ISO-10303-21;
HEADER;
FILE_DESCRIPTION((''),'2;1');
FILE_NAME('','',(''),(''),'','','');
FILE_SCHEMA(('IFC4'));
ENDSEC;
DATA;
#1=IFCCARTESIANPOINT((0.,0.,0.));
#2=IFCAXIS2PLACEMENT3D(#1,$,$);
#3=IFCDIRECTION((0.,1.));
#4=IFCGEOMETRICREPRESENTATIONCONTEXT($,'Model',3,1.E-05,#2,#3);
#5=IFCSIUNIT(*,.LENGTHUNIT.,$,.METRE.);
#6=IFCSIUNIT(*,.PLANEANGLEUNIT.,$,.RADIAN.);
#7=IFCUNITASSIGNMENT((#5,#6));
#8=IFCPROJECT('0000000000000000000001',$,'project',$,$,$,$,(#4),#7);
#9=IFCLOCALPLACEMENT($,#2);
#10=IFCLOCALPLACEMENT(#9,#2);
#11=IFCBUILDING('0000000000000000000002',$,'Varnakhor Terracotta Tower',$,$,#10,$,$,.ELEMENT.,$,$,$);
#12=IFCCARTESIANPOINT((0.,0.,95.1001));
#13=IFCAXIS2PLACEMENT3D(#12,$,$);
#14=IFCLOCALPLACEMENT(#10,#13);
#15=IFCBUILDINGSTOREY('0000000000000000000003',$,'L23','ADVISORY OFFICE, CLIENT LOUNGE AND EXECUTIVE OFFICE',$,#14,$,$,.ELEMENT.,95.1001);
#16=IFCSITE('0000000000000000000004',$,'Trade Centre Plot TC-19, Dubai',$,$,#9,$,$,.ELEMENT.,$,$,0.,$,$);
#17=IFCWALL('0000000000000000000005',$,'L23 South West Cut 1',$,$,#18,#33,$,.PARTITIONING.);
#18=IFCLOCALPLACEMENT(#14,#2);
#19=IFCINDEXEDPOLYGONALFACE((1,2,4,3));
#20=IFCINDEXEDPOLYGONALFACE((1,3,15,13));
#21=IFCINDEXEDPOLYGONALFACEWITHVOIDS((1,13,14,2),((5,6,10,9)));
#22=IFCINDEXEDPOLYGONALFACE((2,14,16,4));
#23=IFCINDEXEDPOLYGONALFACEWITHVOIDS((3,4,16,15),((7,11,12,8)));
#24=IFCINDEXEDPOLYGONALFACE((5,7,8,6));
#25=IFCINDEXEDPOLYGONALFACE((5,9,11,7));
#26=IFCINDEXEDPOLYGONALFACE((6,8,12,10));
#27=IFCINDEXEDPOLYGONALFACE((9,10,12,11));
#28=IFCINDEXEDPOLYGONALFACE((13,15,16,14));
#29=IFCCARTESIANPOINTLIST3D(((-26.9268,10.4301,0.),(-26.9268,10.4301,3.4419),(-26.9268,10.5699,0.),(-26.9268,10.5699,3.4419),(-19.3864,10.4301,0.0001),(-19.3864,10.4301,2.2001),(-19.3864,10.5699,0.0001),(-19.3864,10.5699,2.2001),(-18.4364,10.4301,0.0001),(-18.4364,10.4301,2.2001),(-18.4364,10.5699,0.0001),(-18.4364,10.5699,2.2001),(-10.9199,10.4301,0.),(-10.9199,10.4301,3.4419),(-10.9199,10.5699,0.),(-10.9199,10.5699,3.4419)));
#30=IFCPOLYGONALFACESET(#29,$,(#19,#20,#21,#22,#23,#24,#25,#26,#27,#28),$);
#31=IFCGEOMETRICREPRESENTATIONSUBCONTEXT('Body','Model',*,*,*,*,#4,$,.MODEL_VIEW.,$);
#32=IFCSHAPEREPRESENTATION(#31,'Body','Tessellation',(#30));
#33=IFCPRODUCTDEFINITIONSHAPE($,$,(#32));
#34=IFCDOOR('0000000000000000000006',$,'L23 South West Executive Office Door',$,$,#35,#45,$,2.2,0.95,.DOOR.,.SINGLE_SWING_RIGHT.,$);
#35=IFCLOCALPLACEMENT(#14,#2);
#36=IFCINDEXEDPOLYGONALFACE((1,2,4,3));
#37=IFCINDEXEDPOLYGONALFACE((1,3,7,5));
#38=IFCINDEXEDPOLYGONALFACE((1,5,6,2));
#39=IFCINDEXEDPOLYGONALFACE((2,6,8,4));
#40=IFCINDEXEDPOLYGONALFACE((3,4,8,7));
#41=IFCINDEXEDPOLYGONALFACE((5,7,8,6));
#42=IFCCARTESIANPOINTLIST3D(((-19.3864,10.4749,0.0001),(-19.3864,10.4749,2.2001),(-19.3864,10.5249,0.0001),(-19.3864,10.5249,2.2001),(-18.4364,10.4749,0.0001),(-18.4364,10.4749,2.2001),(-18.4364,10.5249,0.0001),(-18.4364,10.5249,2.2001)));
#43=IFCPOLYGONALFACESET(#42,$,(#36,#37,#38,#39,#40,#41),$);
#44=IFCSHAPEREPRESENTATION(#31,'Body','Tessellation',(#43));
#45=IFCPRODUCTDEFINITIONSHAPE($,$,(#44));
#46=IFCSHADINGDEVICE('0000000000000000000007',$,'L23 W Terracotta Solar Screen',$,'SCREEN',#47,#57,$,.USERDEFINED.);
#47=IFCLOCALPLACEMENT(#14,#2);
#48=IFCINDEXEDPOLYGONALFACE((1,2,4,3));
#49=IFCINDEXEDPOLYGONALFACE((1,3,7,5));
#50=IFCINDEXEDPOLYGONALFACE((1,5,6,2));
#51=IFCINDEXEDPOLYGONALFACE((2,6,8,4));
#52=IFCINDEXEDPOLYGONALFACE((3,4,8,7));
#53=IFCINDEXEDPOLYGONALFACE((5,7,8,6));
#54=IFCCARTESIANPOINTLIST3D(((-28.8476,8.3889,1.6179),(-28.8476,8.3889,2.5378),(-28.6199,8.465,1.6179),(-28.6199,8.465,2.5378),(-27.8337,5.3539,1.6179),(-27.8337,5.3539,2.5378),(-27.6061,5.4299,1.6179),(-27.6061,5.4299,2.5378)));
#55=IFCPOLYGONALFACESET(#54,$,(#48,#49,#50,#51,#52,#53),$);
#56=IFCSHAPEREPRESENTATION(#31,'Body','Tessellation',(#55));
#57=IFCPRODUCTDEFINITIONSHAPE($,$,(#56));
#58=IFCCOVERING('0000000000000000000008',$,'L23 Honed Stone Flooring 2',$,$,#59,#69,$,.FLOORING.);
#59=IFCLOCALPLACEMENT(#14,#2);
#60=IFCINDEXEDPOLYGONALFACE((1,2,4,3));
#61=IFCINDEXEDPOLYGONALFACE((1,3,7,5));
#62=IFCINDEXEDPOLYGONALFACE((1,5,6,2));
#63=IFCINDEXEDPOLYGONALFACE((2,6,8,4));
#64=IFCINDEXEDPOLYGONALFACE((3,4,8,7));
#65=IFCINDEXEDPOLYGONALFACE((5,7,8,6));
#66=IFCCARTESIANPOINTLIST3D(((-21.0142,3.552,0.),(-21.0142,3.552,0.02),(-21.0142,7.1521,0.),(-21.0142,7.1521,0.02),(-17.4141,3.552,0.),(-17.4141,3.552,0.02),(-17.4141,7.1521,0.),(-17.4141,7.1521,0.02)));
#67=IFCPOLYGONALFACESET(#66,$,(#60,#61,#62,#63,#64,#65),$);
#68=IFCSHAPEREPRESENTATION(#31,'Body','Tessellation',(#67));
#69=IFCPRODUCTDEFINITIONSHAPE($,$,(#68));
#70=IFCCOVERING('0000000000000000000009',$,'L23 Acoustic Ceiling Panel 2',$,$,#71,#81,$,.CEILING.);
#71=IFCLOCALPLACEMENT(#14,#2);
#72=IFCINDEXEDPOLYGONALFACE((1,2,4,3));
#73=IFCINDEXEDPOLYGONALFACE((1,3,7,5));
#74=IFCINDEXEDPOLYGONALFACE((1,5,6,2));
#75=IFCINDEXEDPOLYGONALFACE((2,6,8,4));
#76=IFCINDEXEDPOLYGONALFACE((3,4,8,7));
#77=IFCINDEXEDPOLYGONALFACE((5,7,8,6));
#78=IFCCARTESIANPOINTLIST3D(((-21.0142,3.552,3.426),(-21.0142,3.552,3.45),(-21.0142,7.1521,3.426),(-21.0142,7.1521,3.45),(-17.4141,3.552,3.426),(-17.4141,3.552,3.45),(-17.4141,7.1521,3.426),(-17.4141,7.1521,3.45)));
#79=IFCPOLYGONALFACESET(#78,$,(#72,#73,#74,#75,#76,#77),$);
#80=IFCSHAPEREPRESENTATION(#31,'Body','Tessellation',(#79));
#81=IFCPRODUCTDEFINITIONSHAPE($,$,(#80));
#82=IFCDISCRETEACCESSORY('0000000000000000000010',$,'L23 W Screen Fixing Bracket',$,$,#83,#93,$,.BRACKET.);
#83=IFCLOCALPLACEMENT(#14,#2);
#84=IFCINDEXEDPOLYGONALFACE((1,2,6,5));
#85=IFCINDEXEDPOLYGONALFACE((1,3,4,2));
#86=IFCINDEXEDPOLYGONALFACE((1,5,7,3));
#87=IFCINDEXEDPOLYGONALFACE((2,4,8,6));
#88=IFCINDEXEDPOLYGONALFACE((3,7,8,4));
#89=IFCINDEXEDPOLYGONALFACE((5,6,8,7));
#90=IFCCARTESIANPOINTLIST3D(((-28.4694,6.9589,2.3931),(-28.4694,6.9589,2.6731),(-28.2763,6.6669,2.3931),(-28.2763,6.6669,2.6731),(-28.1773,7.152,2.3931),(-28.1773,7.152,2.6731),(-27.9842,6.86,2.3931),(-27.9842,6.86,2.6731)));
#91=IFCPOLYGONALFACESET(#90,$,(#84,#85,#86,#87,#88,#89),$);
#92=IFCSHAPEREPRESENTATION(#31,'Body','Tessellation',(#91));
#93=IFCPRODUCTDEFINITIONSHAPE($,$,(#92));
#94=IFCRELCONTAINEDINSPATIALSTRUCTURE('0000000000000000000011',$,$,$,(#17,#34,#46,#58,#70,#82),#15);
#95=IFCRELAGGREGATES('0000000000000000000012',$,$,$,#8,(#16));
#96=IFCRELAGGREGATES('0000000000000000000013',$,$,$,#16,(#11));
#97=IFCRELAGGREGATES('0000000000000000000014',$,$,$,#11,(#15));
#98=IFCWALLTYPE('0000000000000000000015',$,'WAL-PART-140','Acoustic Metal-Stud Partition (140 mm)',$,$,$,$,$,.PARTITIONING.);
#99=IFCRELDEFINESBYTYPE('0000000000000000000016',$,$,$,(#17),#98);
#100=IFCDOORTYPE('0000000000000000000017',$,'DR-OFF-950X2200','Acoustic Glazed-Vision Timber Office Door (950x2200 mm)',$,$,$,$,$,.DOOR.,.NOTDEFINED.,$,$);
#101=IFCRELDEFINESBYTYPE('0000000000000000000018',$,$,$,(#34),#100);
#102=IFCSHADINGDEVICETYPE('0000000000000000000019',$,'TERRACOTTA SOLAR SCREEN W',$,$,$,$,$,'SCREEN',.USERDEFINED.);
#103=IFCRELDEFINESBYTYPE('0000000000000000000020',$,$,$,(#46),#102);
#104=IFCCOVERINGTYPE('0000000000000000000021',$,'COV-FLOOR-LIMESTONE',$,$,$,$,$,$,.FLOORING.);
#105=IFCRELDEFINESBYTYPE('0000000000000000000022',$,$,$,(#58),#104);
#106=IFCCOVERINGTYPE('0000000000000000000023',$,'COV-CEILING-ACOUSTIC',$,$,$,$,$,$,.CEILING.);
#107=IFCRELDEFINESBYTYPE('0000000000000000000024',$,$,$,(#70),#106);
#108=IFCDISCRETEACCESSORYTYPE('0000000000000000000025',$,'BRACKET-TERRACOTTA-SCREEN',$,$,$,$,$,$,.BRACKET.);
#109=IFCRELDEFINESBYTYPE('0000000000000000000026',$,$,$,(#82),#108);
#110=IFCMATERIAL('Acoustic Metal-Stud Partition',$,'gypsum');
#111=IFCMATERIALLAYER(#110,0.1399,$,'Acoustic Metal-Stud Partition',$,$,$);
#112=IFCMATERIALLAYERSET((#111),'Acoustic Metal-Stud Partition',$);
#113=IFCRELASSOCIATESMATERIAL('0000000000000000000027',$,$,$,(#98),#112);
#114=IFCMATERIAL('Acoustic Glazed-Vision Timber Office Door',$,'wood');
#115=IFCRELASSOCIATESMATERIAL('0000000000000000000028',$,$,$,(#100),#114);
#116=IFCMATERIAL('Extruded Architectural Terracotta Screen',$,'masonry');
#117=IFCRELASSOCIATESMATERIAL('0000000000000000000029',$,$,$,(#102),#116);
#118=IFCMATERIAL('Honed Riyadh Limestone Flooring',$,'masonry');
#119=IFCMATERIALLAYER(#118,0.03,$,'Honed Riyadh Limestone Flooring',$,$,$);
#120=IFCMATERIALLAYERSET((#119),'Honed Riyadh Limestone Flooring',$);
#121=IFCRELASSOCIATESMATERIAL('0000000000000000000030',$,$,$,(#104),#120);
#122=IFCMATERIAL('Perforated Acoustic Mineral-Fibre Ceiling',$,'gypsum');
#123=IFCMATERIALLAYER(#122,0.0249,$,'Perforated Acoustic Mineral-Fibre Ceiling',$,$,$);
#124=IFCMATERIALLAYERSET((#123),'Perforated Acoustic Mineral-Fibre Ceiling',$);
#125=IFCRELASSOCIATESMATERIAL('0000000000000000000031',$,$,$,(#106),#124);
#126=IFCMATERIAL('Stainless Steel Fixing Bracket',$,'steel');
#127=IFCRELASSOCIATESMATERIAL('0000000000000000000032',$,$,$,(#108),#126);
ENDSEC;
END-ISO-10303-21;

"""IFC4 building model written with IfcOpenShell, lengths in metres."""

from ifc_helpers import new_model, si_unit, direction, frame, frame_2d, origin, origin_2d, place, context, subcontext, project, spatial, rectangle, extrude, source, transform, mapped, material, layer, layer_set, type_object, type_shapes, element, fill, save


model = new_model("IFC4")

# Units and contexts
model_context = context("Model", 3, precision=1e-05, world=origin(), true_north=direction((0.0, 1.0)))
body_context = subcontext(model_context, "Body", "Model", "MODEL_VIEW")
ifc_project = project(units=[si_unit("LENGTHUNIT", "METRE"), si_unit("PLANEANGLEUNIT", "RADIAN")], contexts=[model_context])

# Site, building, storey
site_placement = place(None, origin())
site = spatial("IfcSite", under=ifc_project, at=site_placement, Name="Trade Centre Plot TC-19, Dubai", CompositionType="ELEMENT", RefElevation=0.0)
building_placement = place(site_placement, origin())
building = spatial("IfcBuilding", under=site, at=building_placement, Name="Varnakhor Terracotta Tower", CompositionType="ELEMENT")
storey_placement = place(building_placement, frame((0.0, 0.0, 95.1001)))
storey = spatial("IfcBuildingStorey", under=building, at=storey_placement, Name="L23", Description="ADVISORY OFFICE, CLIENT LOUNGE AND EXECUTIVE OFFICE", CompositionType="ELEMENT", Elevation=95.1001)

# Wall, opening, door
ifc_material_1 = material(Name="Acoustic Metal-Stud Partition", Category="gypsum")
ifc_layer_1 = layer(ifc_material_1, 0.1399, Name="Acoustic Metal-Stud Partition")
ifc_layer_set_1 = layer_set([ifc_layer_1], Name="Acoustic Metal-Stud Partition")
wall_type = type_object("IfcWallType", Name="WAL-PART-140", Description="Acoustic Metal-Stud Partition (140 mm)", PredefinedType="PARTITIONING", material=ifc_layer_set_1)
wall_placement = place(storey_placement, frame((-26.9268, 10.5, 0.0), z_axis=(0.0, 0.0, 1.0), x_axis=(1.0, 0.0, 0.0)))
wall = element("IfcWall", 1, at=wall_placement, inside=storey, type_object=wall_type, Name="L23 South West Cut 1", PredefinedType="PARTITIONING", context=body_context, shape_type="SweptSolid", body=[
    extrude(rectangle(XDim=16.0068, YDim=0.1399, at=frame_2d((8.0034, 0.0))), origin(), (0.0, 0.0, 1.0), 3.4419),
])
opening_placement = place(wall_placement, frame((7.5403, 0.0, 0.0)))
opening = element("IfcOpeningElement", 2, at=opening_placement, cuts=wall, PredefinedType="OPENING", context=body_context, shape_type="SweptSolid", body=[
    extrude(rectangle(XDim=0.95, YDim=2.2, at=frame_2d((0.4751, 1.1001))), frame((0.0, 0.0801, 0.0), z_axis=(0.0, -1.0, 0.0), x_axis=(1.0, 0.0, 0.0)), (0.0, 0.0, 1.0), 0.1599),
])
ifc_material_2 = material(Name="Acoustic Glazed-Vision Timber Office Door", Category="wood")
door_type = type_object("IfcDoorType", Name="DR-OFF-950X2200", Description="Acoustic Glazed-Vision Timber Office Door (950x2200 mm)", OperationType="NOTDEFINED", PredefinedType="DOOR", material=ifc_material_2)
shared_shape_1 = source(origin(), body_context, "Body", "SweptSolid", [
    extrude(rectangle(XDim=0.95, YDim=2.2, at=frame_2d((0.4751, 1.1001))), frame((0.0, 0.0249, 0.0), z_axis=(0.0, -1.0, 0.0), x_axis=(1.0, 0.0, 0.0)), (0.0, 0.0, 1.0), 0.05),
])
type_shapes(door_type, [shared_shape_1])
door_placement = place(opening_placement, origin())
door = element("IfcDoor", 3, at=door_placement, inside=storey, type_object=door_type, Name="L23 South West Executive Office Door", OperationType="SINGLE_SWING_RIGHT", OverallHeight=2.2, OverallWidth=0.95, PredefinedType="DOOR", context=body_context, shape_type="MappedRepresentation", body=[
    mapped(shared_shape_1, transform((0.0, 0.0, 0.0), scale=1.0)),
])
fill(opening, door)

# Shading device
ifc_material_3 = material(Name="Extruded Architectural Terracotta Screen", Category="masonry")
shading_device_type = type_object("IfcShadingDeviceType", Name="TERRACOTTA SOLAR SCREEN W", ElementType="SCREEN", PredefinedType="USERDEFINED", material=ifc_material_3)
shared_shape_2 = source(origin(), body_context, "Body", "SweptSolid", [
    extrude(rectangle(XDim=3.2, YDim=0.24, at=origin_2d()), origin(), (0.0, 0.0, 1.0), 0.9199),
])
type_shapes(shading_device_type, [shared_shape_2])
shading_device_placement = place(storey_placement, frame((-28.2268, 6.9094, 1.6179), z_axis=(0.0, 0.0, 1.0), x_axis=(0.316841, -0.948479, 0.0)))
element("IfcShadingDevice", 4, at=shading_device_placement, inside=storey, type_object=shading_device_type, Name="L23 W Terracotta Solar Screen", ObjectType="SCREEN", PredefinedType="USERDEFINED", context=body_context, shape_type="MappedRepresentation", body=[
    mapped(shared_shape_2, transform((0.0, 0.0, 0.0), scale=1.0)),
])

# Coverings
ifc_material_4 = material(Name="Honed Riyadh Limestone Flooring", Category="masonry")
ifc_layer_2 = layer(ifc_material_4, 0.03, Name="Honed Riyadh Limestone Flooring")
ifc_layer_set_2 = layer_set([ifc_layer_2], Name="Honed Riyadh Limestone Flooring")
covering_type_1 = type_object("IfcCoveringType", Name="COV-FLOOR-LIMESTONE", PredefinedType="FLOORING", material=ifc_layer_set_2)
shared_shape_3 = source(origin(), body_context, "Body", "SweptSolid", [
    extrude(rectangle(XDim=3.6001, YDim=3.6001, at=origin_2d()), origin(), (0.0, 0.0, 1.0), 0.02),
])
covering_1_placement = place(storey_placement, frame((-19.2141, 5.3521, 0.0), z_axis=(0.0, 0.0, 1.0), x_axis=(1.0, 0.0, 0.0)))
element("IfcCovering", 5, at=covering_1_placement, inside=storey, type_object=covering_type_1, Name="L23 Honed Stone Flooring 2", PredefinedType="FLOORING", context=body_context, shape_type="MappedRepresentation", body=[
    mapped(shared_shape_3, transform((0.0, 0.0, 0.0), scale=1.0)),
])
ifc_material_5 = material(Name="Perforated Acoustic Mineral-Fibre Ceiling", Category="gypsum")
ifc_layer_3 = layer(ifc_material_5, 0.0249, Name="Perforated Acoustic Mineral-Fibre Ceiling")
ifc_layer_set_3 = layer_set([ifc_layer_3], Name="Perforated Acoustic Mineral-Fibre Ceiling")
covering_type_2 = type_object("IfcCoveringType", Name="COV-CEILING-ACOUSTIC", PredefinedType="CEILING", material=ifc_layer_set_3)
shared_shape_4 = source(origin(), body_context, "Body", "SweptSolid", [
    extrude(rectangle(XDim=3.6001, YDim=3.6001, at=origin_2d()), origin(), (0.0, 0.0, 1.0), 0.0239),
])
covering_2_placement = place(storey_placement, frame((-19.2141, 5.3521, 3.426), z_axis=(0.0, 0.0, 1.0), x_axis=(1.0, 0.0, 0.0)))
element("IfcCovering", 6, at=covering_2_placement, inside=storey, type_object=covering_type_2, Name="L23 Acoustic Ceiling Panel 2", PredefinedType="CEILING", context=body_context, shape_type="MappedRepresentation", body=[
    mapped(shared_shape_4, transform((0.0, 0.0, 0.0), scale=1.0)),
])

# Discrete accessory
ifc_material_6 = material(Name="Stainless Steel Fixing Bracket", Category="steel")
discrete_accessory_type = type_object("IfcDiscreteAccessoryType", Name="BRACKET-TERRACOTTA-SCREEN", PredefinedType="BRACKET", material=ifc_material_6)
shared_shape_5 = source(origin(), body_context, "Body", "SweptSolid", [
    extrude(rectangle(XDim=0.3501, YDim=0.3501, at=origin_2d()), origin(), (0.0, 0.0, 1.0), 0.28),
])
type_shapes(discrete_accessory_type, [shared_shape_5])
discrete_accessory_placement = place(storey_placement, frame((-28.2268, 6.9094, 2.3931), z_axis=(0.0, 0.0, 1.0), x_axis=(0.551529, -0.834155, 0.0)))
element("IfcDiscreteAccessory", 7, at=discrete_accessory_placement, inside=storey, type_object=discrete_accessory_type, Name="L23 W Screen Fixing Bracket", PredefinedType="BRACKET", context=body_context, shape_type="MappedRepresentation", body=[
    mapped(shared_shape_5, transform((0.0, 0.0, 0.0), scale=1.0)),
])

save(model, "model.ifc")
